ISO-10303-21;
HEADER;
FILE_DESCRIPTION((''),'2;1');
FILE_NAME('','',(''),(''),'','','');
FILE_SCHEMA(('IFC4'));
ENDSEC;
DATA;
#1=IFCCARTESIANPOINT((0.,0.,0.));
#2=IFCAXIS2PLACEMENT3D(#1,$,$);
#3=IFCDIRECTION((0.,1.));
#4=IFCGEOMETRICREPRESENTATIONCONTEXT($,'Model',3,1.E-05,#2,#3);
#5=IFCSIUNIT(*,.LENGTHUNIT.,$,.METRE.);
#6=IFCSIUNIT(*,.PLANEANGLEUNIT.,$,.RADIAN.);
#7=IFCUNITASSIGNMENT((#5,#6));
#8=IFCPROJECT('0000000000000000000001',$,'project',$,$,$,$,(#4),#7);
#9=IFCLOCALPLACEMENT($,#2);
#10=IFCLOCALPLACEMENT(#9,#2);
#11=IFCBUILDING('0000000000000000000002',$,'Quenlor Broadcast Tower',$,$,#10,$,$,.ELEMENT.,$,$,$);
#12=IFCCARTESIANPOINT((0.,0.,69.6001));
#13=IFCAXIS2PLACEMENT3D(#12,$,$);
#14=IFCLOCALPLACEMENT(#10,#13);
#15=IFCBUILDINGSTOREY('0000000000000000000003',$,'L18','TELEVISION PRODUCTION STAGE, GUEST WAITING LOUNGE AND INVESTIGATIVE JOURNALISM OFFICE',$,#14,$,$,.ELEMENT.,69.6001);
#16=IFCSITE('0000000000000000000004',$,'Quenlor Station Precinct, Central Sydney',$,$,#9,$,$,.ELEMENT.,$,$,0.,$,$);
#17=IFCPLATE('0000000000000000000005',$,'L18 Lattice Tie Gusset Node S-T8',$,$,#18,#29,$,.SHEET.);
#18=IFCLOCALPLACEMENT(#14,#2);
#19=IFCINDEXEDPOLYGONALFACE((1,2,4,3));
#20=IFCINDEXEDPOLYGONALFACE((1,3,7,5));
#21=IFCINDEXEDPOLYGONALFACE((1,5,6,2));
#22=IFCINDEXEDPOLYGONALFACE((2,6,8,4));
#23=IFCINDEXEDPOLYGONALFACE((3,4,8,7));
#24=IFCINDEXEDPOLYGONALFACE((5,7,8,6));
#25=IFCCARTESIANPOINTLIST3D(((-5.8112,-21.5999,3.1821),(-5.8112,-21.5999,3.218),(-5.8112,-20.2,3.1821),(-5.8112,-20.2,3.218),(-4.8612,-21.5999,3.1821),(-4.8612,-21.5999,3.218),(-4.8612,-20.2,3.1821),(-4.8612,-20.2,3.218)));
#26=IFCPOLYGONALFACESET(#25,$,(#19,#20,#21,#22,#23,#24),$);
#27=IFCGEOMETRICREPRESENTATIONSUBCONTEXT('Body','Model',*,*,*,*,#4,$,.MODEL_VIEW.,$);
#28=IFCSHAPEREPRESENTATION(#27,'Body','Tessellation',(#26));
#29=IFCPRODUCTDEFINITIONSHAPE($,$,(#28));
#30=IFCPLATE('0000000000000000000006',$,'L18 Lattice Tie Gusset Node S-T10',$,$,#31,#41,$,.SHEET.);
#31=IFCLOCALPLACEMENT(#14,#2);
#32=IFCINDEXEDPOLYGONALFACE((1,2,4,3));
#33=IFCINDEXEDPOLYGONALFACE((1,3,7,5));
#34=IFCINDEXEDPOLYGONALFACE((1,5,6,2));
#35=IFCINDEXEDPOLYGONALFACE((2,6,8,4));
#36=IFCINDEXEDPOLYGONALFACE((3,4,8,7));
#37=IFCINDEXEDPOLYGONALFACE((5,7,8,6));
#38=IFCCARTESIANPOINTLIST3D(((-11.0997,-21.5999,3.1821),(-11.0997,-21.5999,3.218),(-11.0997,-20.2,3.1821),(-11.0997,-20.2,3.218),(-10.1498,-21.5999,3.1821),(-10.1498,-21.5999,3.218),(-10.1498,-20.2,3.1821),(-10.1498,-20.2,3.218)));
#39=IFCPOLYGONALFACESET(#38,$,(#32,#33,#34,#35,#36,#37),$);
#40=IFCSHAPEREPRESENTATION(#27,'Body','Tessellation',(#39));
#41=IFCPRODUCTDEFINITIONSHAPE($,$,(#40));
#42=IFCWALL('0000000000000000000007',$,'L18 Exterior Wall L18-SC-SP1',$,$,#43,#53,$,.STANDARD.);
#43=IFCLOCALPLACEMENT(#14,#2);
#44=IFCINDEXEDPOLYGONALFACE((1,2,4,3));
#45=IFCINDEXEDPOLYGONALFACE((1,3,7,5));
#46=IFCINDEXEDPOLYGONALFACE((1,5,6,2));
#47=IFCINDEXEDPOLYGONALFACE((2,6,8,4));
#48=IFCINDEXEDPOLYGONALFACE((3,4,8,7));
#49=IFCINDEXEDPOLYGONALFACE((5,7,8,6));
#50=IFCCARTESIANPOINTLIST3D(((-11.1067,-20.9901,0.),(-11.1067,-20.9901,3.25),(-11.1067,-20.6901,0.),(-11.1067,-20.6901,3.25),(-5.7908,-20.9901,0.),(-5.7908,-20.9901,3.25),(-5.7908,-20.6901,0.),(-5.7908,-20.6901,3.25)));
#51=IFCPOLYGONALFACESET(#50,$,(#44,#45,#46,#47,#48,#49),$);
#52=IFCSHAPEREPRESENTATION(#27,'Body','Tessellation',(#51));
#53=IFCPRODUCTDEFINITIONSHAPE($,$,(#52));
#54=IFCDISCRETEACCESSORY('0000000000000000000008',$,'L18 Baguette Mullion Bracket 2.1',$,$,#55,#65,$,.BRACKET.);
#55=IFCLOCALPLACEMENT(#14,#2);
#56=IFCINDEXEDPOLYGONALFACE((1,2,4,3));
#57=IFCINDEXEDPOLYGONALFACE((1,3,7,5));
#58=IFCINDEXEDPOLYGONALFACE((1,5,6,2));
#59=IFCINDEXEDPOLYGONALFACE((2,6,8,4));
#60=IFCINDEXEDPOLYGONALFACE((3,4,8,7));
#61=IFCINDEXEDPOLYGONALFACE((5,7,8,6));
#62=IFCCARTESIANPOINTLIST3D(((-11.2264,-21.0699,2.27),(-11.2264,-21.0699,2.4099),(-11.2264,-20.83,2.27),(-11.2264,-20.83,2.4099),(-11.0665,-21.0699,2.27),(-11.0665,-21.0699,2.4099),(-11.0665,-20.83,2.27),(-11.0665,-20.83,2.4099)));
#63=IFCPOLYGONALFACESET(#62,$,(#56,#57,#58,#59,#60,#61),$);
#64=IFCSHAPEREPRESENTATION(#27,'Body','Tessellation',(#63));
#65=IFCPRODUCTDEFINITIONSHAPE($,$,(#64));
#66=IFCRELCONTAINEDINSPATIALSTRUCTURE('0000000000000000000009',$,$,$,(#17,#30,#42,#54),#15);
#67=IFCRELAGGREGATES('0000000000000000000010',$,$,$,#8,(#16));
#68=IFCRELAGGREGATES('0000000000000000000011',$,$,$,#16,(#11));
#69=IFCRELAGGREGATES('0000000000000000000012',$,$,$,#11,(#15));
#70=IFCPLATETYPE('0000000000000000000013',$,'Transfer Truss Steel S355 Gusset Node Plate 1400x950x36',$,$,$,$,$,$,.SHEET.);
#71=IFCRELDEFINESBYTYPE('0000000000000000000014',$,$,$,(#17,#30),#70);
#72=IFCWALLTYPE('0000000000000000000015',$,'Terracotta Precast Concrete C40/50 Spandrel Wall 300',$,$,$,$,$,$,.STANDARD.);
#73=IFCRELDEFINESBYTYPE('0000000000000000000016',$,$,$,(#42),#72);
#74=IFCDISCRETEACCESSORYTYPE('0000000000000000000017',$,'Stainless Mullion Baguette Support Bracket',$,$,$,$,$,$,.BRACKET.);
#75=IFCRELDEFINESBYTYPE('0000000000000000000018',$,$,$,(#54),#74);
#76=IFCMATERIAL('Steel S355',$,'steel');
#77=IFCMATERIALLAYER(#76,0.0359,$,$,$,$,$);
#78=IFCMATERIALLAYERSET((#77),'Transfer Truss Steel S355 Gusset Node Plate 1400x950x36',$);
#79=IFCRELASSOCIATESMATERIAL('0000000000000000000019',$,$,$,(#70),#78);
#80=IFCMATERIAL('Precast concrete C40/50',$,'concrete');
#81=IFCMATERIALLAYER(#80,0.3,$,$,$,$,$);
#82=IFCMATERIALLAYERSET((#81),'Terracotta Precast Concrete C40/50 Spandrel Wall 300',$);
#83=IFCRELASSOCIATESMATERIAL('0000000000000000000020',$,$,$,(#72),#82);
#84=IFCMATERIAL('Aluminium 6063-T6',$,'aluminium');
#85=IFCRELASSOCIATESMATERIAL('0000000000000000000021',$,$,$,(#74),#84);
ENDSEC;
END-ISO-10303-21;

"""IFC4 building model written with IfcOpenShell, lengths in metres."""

from ifc_helpers import new_model, si_unit, direction, frame, frame_2d, origin, origin_2d, place, context, subcontext, project, spatial, rectangle, extrude, material, layer, layer_set, type_object, element, save


model = new_model("IFC4")

# Units and contexts
model_context = context("Model", 3, precision=1e-05, world=origin(), true_north=direction((0.0, 1.0)))
body_context = subcontext(model_context, "Body", "Model", "MODEL_VIEW")
ifc_project = project(units=[si_unit("LENGTHUNIT", "METRE"), si_unit("PLANEANGLEUNIT", "RADIAN")], contexts=[model_context])

# Site, building, storey
site_placement = place(None, origin())
site = spatial("IfcSite", under=ifc_project, at=site_placement, Name="Quenlor Station Precinct, Central Sydney", CompositionType="ELEMENT", RefElevation=0.0)
building_placement = place(site_placement, origin())
building = spatial("IfcBuilding", under=site, at=building_placement, Name="Quenlor Broadcast Tower", CompositionType="ELEMENT")
storey_placement = place(building_placement, frame((0.0, 0.0, 69.6001)))
storey = spatial("IfcBuildingStorey", under=building, at=storey_placement, Name="L18", Description="TELEVISION PRODUCTION STAGE, GUEST WAITING LOUNGE AND INVESTIGATIVE JOURNALISM OFFICE", CompositionType="ELEMENT", Elevation=69.6001)

# Plates
ifc_material_1 = material(Name="Steel S355", Category="steel")
ifc_layer_1 = layer(ifc_material_1, 0.0359)
ifc_layer_set_1 = layer_set([ifc_layer_1], Name="Transfer Truss Steel S355 Gusset Node Plate 1400x950x36")
plate_type_1 = type_object("IfcPlateType", Name="Transfer Truss Steel S355 Gusset Node Plate 1400x950x36", PredefinedType="SHEET", material=ifc_layer_set_1)
for number, where, z_axis, x_axis, name in (
    (1, (-5.3362, -20.8999, 3.1821), (0.0, 0.0, 1.0), (0.0, -1.0, 0.0), "L18 Lattice Tie Gusset Node S-T8"),
    (2, (-10.6248, -20.8999, 3.1821), (0.0, 0.0, 1.0), (0.0, -1.0, 0.0), "L18 Lattice Tie Gusset Node S-T10"),
):
    element("IfcPlate", number, at=place(storey_placement, frame(where, z_axis=z_axis, x_axis=x_axis)), inside=storey, type_object=plate_type_1, Name=name, PredefinedType="SHEET", context=body_context, shape_type="SweptSolid", body=[
        extrude(rectangle(XDim=1.3999, YDim=0.95, at=origin_2d()), origin(), (0.0, 0.0, 1.0), 0.0359),
    ])

# Wall
ifc_material_2 = material(Name="Precast concrete C40/50", Category="concrete")
ifc_layer_2 = layer(ifc_material_2, 0.3)
ifc_layer_set_2 = layer_set([ifc_layer_2], Name="Terracotta Precast Concrete C40/50 Spandrel Wall 300")
wall_type = type_object("IfcWallType", Name="Terracotta Precast Concrete C40/50 Spandrel Wall 300", PredefinedType="STANDARD", material=ifc_layer_set_2)
wall_placement = place(storey_placement, frame((-5.7908, -20.8401, 0.0), z_axis=(0.0, 0.0, 1.0), x_axis=(-1.0, 0.0, 0.0)))
element("IfcWall", 3, at=wall_placement, inside=storey, type_object=wall_type, Name="L18 Exterior Wall L18-SC-SP1", PredefinedType="STANDARD", context=body_context, shape_type="SweptSolid", body=[
    extrude(rectangle(XDim=5.3159, YDim=0.3, at=frame_2d((2.658, 0.0))), origin(), (0.0, 0.0, 1.0), 3.25),
])

# Discrete accessory
ifc_material_3 = material(Name="Aluminium 6063-T6", Category="aluminium")
discrete_accessory_type = type_object("IfcDiscreteAccessoryType", Name="Stainless Mullion Baguette Support Bracket", PredefinedType="BRACKET", material=ifc_material_3)
discrete_accessory_placement = place(storey_placement, frame((-11.1465, -20.95, 2.27), z_axis=(0.0, 0.0, 1.0), x_axis=(-1.0, 0.0, 0.0)))
element("IfcDiscreteAccessory", 4, at=discrete_accessory_placement, inside=storey, type_object=discrete_accessory_type, Name="L18 Baguette Mullion Bracket 2.1", PredefinedType="BRACKET", context=body_context, shape_type="SweptSolid", body=[
    extrude(rectangle(XDim=0.1599, YDim=0.24, at=origin_2d()), origin(), (0.0, 0.0, 1.0), 0.1399),
])

save(model, "model.ifc")
